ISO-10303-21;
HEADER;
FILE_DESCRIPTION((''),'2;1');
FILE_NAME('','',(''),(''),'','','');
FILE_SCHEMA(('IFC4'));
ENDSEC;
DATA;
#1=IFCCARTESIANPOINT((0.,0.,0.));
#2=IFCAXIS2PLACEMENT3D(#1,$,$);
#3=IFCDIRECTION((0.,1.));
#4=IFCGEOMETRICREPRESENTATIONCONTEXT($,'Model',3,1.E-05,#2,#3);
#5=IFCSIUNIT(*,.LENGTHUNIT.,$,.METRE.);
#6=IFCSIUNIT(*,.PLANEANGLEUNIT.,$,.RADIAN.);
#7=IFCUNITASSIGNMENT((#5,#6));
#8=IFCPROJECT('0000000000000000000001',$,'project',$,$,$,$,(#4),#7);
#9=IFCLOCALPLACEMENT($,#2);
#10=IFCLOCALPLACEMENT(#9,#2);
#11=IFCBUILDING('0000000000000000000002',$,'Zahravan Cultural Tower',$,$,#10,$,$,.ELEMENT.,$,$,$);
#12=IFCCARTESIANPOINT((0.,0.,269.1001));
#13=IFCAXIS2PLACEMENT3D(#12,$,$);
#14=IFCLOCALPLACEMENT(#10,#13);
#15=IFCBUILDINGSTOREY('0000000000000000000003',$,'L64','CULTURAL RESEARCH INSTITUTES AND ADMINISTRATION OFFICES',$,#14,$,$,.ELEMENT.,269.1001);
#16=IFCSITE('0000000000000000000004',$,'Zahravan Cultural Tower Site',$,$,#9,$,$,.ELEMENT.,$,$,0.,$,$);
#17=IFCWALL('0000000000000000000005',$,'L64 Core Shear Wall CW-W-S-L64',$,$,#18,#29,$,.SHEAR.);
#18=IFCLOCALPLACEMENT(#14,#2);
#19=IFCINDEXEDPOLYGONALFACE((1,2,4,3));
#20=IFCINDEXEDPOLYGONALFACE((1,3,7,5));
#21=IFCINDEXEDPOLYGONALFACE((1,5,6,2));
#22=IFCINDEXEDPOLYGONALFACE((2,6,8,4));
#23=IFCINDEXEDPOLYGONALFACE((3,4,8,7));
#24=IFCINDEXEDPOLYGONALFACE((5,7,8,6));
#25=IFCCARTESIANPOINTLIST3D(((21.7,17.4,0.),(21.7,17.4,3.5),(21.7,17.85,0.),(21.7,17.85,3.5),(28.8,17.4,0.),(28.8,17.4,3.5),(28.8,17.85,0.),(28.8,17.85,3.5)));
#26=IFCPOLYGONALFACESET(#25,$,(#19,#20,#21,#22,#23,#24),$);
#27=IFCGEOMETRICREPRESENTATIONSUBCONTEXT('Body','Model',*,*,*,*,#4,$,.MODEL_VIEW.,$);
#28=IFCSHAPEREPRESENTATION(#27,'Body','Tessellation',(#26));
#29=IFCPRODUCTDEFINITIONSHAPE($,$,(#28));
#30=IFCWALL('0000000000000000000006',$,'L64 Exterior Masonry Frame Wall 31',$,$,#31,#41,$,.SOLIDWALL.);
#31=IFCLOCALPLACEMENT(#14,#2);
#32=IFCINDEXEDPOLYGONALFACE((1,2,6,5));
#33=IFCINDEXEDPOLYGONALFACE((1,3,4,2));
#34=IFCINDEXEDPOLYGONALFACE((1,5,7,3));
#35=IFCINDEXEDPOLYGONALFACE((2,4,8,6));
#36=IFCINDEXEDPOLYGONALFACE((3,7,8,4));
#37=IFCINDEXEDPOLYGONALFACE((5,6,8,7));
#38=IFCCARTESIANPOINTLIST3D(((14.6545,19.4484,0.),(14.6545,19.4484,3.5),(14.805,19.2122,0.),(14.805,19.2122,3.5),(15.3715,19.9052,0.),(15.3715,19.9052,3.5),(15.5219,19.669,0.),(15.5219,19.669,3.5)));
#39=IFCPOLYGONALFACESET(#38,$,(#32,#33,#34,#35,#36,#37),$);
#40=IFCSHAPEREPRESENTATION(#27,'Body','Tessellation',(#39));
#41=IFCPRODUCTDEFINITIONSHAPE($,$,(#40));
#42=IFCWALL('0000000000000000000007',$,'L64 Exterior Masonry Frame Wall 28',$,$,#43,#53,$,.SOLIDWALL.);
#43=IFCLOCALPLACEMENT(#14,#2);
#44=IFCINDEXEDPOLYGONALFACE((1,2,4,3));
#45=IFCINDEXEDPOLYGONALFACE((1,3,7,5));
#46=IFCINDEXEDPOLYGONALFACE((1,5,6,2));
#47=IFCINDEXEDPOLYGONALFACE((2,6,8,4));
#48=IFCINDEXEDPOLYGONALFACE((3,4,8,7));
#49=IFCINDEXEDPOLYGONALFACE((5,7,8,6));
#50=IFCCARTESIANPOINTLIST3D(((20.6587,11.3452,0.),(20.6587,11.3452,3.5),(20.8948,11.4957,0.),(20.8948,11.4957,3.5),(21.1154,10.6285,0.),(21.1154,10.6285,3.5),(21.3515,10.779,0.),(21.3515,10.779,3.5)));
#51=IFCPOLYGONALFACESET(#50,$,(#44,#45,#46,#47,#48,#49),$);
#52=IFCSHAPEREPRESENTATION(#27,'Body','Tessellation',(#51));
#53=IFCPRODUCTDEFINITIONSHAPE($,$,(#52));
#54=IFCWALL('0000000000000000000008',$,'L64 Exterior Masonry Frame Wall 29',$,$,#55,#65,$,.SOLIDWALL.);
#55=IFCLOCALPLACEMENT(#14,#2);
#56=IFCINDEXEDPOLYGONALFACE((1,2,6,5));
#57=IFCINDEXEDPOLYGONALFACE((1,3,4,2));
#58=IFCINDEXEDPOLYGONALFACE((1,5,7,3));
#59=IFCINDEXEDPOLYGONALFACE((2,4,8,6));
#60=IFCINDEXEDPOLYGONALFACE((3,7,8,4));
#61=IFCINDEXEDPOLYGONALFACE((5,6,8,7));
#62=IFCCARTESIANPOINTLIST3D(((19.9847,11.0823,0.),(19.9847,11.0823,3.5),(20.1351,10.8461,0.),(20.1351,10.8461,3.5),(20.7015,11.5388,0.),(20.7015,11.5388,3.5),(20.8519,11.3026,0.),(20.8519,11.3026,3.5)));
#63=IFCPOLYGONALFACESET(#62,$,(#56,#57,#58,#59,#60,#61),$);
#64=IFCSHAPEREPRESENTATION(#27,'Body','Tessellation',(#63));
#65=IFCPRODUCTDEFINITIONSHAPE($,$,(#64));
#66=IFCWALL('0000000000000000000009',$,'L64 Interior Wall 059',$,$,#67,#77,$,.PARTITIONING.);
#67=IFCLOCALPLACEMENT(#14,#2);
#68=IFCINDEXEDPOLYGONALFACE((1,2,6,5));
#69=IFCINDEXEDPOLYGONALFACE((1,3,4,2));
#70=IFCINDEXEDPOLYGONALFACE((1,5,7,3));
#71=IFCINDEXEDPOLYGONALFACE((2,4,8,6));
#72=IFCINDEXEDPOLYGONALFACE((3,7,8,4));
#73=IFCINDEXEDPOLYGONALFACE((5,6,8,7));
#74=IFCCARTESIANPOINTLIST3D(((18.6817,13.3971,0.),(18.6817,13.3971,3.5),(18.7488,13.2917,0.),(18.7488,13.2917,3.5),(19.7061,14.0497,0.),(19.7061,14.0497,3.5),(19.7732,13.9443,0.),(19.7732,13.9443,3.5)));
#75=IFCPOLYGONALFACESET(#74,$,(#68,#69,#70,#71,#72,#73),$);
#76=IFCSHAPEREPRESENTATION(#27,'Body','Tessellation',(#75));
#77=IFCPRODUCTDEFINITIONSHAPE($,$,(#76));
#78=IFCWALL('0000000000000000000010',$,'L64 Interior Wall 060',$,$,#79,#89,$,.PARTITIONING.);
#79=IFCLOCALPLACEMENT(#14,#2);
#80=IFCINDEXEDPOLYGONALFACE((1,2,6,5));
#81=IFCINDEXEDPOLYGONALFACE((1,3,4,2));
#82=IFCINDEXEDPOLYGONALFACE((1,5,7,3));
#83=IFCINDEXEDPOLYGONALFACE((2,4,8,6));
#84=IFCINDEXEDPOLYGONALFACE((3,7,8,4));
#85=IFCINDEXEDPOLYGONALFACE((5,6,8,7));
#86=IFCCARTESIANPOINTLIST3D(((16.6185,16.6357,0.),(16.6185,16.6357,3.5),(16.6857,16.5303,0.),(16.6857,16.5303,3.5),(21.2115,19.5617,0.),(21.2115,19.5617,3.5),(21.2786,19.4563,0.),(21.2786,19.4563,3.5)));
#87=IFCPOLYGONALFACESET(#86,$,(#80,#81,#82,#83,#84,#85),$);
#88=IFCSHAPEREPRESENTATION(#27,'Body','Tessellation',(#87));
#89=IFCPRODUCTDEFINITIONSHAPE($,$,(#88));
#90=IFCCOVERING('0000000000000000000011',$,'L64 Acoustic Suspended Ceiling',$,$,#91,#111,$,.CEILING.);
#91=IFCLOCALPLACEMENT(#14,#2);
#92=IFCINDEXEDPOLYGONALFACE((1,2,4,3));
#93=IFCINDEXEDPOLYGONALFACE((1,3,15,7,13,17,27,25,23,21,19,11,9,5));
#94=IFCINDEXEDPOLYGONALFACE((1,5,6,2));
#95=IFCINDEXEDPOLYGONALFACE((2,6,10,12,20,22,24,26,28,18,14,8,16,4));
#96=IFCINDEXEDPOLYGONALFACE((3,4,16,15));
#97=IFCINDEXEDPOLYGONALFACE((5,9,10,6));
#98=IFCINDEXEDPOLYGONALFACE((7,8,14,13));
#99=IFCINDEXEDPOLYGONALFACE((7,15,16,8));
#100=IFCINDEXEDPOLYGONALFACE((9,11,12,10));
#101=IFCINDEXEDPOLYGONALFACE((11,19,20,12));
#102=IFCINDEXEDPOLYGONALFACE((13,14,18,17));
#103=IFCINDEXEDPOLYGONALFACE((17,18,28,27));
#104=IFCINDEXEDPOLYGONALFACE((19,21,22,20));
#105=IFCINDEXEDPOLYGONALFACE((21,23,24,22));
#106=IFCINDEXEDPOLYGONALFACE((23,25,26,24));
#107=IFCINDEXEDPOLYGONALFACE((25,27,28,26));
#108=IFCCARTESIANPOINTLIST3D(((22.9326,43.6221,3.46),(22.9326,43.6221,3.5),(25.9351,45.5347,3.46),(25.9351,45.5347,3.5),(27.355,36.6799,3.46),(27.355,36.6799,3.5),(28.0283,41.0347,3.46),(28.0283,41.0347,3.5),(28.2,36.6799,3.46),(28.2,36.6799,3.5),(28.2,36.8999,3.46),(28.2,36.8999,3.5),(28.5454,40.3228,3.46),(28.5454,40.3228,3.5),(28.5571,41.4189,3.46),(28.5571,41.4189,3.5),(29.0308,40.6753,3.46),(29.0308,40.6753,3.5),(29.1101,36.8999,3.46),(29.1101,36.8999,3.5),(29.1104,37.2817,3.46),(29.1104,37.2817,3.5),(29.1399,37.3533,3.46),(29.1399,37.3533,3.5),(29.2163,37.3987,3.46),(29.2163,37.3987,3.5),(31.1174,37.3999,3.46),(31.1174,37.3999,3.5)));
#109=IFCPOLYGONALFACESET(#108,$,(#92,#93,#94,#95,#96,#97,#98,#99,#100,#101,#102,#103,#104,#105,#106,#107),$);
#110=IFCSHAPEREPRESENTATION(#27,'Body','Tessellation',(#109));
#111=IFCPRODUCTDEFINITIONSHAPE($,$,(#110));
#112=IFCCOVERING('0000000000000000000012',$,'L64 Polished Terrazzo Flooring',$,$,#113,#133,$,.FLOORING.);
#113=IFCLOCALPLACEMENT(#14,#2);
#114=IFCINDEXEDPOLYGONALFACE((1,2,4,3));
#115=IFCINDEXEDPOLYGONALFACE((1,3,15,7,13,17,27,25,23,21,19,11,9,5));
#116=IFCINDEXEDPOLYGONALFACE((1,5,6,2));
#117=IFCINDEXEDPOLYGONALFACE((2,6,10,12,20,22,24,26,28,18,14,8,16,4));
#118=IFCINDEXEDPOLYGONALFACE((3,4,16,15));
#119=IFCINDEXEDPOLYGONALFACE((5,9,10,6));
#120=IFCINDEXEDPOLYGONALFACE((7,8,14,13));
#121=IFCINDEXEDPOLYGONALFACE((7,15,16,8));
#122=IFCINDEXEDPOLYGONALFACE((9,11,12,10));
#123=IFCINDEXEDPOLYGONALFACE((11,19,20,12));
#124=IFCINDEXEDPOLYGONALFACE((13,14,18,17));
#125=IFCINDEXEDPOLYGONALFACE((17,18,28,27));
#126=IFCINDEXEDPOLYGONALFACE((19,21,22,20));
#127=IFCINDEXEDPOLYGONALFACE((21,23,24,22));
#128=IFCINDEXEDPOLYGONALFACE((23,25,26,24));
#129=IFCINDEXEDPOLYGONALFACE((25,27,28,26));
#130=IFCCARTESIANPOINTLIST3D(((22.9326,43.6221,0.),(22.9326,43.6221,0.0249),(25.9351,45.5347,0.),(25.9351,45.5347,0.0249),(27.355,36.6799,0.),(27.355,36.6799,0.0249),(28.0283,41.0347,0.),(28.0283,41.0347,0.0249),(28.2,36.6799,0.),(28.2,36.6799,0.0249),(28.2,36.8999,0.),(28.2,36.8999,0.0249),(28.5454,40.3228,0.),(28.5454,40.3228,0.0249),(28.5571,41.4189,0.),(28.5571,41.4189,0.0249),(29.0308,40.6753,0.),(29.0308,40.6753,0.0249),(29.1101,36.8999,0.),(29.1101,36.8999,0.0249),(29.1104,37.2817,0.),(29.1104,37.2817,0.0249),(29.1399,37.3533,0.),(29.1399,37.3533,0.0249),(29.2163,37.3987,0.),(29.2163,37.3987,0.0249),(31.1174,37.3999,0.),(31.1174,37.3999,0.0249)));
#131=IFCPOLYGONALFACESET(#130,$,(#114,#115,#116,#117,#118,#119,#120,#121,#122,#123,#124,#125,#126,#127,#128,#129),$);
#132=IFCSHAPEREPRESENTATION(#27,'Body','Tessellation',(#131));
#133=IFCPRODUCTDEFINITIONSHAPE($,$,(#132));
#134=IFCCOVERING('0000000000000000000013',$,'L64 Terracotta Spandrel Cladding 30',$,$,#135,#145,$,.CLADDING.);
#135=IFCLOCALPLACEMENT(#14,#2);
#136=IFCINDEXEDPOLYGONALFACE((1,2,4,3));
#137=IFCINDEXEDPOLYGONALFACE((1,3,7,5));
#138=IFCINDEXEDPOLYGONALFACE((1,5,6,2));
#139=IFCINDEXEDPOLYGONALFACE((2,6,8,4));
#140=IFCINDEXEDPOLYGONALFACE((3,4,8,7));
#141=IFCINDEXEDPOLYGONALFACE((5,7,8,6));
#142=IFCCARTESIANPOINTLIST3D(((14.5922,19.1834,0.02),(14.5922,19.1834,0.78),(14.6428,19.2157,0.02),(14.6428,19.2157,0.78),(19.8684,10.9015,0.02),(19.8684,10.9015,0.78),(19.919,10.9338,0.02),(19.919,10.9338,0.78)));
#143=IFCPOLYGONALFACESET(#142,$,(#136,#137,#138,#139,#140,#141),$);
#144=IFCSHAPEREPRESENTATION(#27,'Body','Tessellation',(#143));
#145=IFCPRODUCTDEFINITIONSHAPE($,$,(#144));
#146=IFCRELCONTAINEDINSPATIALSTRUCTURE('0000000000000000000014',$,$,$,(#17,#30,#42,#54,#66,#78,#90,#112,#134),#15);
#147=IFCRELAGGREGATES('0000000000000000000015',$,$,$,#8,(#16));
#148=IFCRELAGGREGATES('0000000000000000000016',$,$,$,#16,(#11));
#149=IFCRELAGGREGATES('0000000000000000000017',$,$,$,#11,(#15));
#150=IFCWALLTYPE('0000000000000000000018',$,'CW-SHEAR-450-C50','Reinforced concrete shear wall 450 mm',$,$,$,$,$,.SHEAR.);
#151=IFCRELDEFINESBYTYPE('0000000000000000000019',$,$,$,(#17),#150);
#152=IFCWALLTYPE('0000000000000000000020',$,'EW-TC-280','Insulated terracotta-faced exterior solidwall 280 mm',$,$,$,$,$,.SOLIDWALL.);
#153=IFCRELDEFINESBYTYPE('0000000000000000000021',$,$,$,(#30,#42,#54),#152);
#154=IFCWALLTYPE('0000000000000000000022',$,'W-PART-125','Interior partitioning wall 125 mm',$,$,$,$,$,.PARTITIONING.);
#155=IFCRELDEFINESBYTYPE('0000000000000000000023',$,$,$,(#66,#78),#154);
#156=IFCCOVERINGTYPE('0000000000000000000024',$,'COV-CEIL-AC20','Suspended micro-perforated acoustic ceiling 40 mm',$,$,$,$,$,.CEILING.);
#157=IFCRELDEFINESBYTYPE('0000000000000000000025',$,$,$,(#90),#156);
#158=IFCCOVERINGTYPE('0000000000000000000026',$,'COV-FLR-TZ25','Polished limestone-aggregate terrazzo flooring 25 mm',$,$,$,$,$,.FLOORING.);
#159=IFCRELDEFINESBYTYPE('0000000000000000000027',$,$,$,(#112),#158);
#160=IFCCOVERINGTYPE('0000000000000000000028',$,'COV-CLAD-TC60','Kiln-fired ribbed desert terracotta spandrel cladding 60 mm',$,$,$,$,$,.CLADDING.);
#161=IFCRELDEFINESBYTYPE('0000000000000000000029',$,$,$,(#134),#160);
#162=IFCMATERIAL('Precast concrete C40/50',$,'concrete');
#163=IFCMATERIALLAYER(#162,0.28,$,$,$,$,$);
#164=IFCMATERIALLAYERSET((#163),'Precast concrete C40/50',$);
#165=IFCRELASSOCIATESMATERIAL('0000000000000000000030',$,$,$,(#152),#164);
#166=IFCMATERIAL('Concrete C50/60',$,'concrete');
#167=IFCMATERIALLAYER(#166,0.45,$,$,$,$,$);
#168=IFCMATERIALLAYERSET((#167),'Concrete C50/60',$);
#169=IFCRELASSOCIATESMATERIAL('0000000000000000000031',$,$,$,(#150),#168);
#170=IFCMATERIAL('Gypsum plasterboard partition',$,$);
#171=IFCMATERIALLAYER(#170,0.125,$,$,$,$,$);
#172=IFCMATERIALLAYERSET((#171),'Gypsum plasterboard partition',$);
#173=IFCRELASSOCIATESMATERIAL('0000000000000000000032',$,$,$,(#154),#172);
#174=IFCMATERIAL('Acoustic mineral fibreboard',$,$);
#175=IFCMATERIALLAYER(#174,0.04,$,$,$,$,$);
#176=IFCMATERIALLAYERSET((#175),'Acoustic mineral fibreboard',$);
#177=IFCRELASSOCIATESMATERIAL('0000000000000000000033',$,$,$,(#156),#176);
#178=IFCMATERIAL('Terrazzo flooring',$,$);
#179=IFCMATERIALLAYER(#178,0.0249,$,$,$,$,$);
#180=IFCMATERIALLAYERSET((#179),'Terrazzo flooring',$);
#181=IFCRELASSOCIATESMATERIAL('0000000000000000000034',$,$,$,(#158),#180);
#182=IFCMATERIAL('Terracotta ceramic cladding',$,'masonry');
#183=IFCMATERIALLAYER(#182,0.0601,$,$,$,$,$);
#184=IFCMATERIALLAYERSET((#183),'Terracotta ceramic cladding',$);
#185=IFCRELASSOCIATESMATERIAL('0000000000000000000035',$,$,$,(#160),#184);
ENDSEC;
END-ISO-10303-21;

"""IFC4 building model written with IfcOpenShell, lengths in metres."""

from ifc_helpers import new_model, si_unit, direction, frame, frame_2d, origin, origin_2d, place, context, subcontext, project, spatial, polyline, rectangle, outline, extrude, source, transform, mapped, material, layer, layer_set, type_object, element, save


model = new_model("IFC4")

# Units and contexts
model_context = context("Model", 3, precision=1e-05, world=origin(), true_north=direction((0.0, 1.0)))
body_context = subcontext(model_context, "Body", "Model", "MODEL_VIEW")
ifc_project = project(units=[si_unit("LENGTHUNIT", "METRE"), si_unit("PLANEANGLEUNIT", "RADIAN")], contexts=[model_context])

# Site, building, storey
site_placement = place(None, origin())
site = spatial("IfcSite", under=ifc_project, at=site_placement, Name="Zahravan Cultural Tower Site", CompositionType="ELEMENT", RefElevation=0.0)
building_placement = place(site_placement, origin())
building = spatial("IfcBuilding", under=site, at=building_placement, Name="Zahravan Cultural Tower", CompositionType="ELEMENT")
storey_placement = place(building_placement, frame((0.0, 0.0, 269.1001)))
storey = spatial("IfcBuildingStorey", under=building, at=storey_placement, Name="L64", Description="CULTURAL RESEARCH INSTITUTES AND ADMINISTRATION OFFICES", CompositionType="ELEMENT", Elevation=269.1001)

# Shared definitions
ifc_material_1 = material(Name="Concrete C50/60", Category="concrete")

# Shared definitions
ifc_material_2 = material(Name="Precast concrete C40/50", Category="concrete")
ifc_layer_1 = layer(ifc_material_2, 0.28)
ifc_layer_set_1 = layer_set([ifc_layer_1], Name="Precast concrete C40/50")
wall_type_1 = type_object("IfcWallType", Name="EW-TC-280", Description="Insulated terracotta-faced exterior solidwall 280 mm", PredefinedType="SOLIDWALL", material=ifc_layer_set_1)

# Walls
ifc_layer_2 = layer(ifc_material_1, 0.45)
ifc_layer_set_2 = layer_set([ifc_layer_2], Name="Concrete C50/60")
wall_type_2 = type_object("IfcWallType", Name="CW-SHEAR-450-C50", Description="Reinforced concrete shear wall 450 mm", PredefinedType="SHEAR", material=ifc_layer_set_2)
shared_shape_1 = source(origin(), body_context, "Body", "SweptSolid", [
    extrude(rectangle(XDim=7.1001, YDim=0.45, at=frame_2d((3.55, 0.0))), origin(), (0.0, 0.0, 1.0), 3.5),
])
wall_1_placement = place(storey_placement, frame((21.7, 17.625, 0.0), z_axis=(0.0, 0.0, 1.0), x_axis=(1.0, 0.0, 0.0)))
element("IfcWall", 1, at=wall_1_placement, inside=storey, type_object=wall_type_2, Name="L64 Core Shear Wall CW-W-S-L64", PredefinedType="SHEAR", context=body_context, shape_type="MappedRepresentation", body=[
    mapped(shared_shape_1, transform((0.0, 0.0, 0.0), x_axis=(1.0, 0.0, 0.0), y_axis=(0.0, 1.0, 0.0), z_axis=(0.0, 0.0, 1.0), scale=1.0)),
])
shared_shape_2 = source(origin(), body_context, "Body", "SweptSolid", [
    extrude(rectangle(XDim=0.8501, YDim=0.28, at=frame_2d((0.425, 0.0))), origin(), (0.0, 0.0, 1.0), 3.5),
])
wall_2_placement = place(storey_placement, frame((14.7297, 19.3303, 0.0), z_axis=(0.0, 0.0, 1.0), x_axis=(0.843401, 0.537284, 0.0)))
element("IfcWall", 2, at=wall_2_placement, inside=storey, type_object=wall_type_1, Name="L64 Exterior Masonry Frame Wall 31", PredefinedType="SOLIDWALL", context=body_context, shape_type="MappedRepresentation", body=[
    mapped(shared_shape_2, transform((0.0, 0.0, 0.0), x_axis=(1.0, 0.0, 0.0), y_axis=(0.0, 1.0, 0.0), z_axis=(0.0, 0.0, 1.0), scale=1.0)),
])
shared_shape_3 = source(origin(), body_context, "Body", "SweptSolid", [
    extrude(rectangle(XDim=0.8499, YDim=0.28, at=frame_2d((0.4248, 0.0))), origin(), (0.0, 0.0, 1.0), 3.5),
])
for number, where, z_axis, x_axis, name in (
    (3, (21.2334, 10.7039, 0.0), (0.0, 0.0, 1.0), (-0.537414, 0.843318, 0.0), "L64 Exterior Masonry Frame Wall 28"),
    (4, (20.7766, 11.4207, 0.0), (0.0, 0.0, 1.0), (-0.843448, -0.53721, 0.0), "L64 Exterior Masonry Frame Wall 29"),
):
    element("IfcWall", number, at=place(storey_placement, frame(where, z_axis=z_axis, x_axis=x_axis)), inside=storey, type_object=wall_type_1, Name=name, PredefinedType="SOLIDWALL", context=body_context, shape_type="MappedRepresentation", body=[
        mapped(shared_shape_3, transform((0.0, 0.0, 0.0), x_axis=(1.0, 0.0, 0.0), y_axis=(0.0, 1.0, 0.0), z_axis=(0.0, 0.0, 1.0), scale=1.0)),
    ])
ifc_material_3 = material(Name="Gypsum plasterboard partition")
ifc_layer_3 = layer(ifc_material_3, 0.125)
ifc_layer_set_3 = layer_set([ifc_layer_3], Name="Gypsum plasterboard partition")
wall_type_3 = type_object("IfcWallType", Name="W-PART-125", Description="Interior partitioning wall 125 mm", PredefinedType="PARTITIONING", material=ifc_layer_set_3)
shared_shape_4 = source(origin(), body_context, "Body", "SweptSolid", [
    extrude(rectangle(XDim=1.2146, YDim=0.125, at=frame_2d((0.6074, 0.0))), origin(), (0.0, 0.0, 1.0), 3.5),
])
wall_3_placement = place(storey_placement, frame((19.7397, 13.9971, 0.0), z_axis=(0.0, 0.0, 1.0), x_axis=(-0.843405, -0.537279, 0.0)))
element("IfcWall", 5, at=wall_3_placement, inside=storey, type_object=wall_type_3, Name="L64 Interior Wall 059", PredefinedType="PARTITIONING", context=body_context, shape_type="MappedRepresentation", body=[
    mapped(shared_shape_4, transform((0.0, 0.0, 0.0), x_axis=(1.0, 0.0, 0.0), y_axis=(0.0, 1.0, 0.0), z_axis=(0.0, 0.0, 1.0), scale=1.0)),
])
shared_shape_5 = source(origin(), body_context, "Body", "SweptSolid", [
    extrude(rectangle(XDim=5.4458, YDim=0.125, at=frame_2d((2.7229, 0.0))), origin(), (0.0, 0.0, 1.0), 3.5),
])
wall_4_placement = place(storey_placement, frame((16.6521, 16.583, 0.0), z_axis=(0.0, 0.0, 1.0), x_axis=(0.843396, 0.537293, 0.0)))
element("IfcWall", 6, at=wall_4_placement, inside=storey, type_object=wall_type_3, Name="L64 Interior Wall 060", PredefinedType="PARTITIONING", context=body_context, shape_type="MappedRepresentation", body=[
    mapped(shared_shape_5, transform((0.0, 0.0, 0.0), x_axis=(1.0, 0.0, 0.0), y_axis=(0.0, 1.0, 0.0), z_axis=(0.0, 0.0, 1.0), scale=1.0)),
])

# Coverings
ifc_material_4 = material(Name="Acoustic mineral fibreboard")
ifc_layer_4 = layer(ifc_material_4, 0.04)
ifc_layer_set_4 = layer_set([ifc_layer_4], Name="Acoustic mineral fibreboard")
covering_type_1 = type_object("IfcCoveringType", Name="COV-CEIL-AC20", Description="Suspended micro-perforated acoustic ceiling 40 mm", PredefinedType="CEILING", material=ifc_layer_set_4)
covering_1_placement = place(storey_placement, frame((0.0, 0.0, 3.46)))
element("IfcCovering", 7, at=covering_1_placement, inside=storey, type_object=covering_type_1, Name="L64 Acoustic Suspended Ceiling", PredefinedType="CEILING", context=body_context, shape_type="SweptSolid", body=[
    extrude(outline(polyline([(28.5454, 40.3228), (28.0283, 41.0347), (28.5571, 41.4189), (25.9351, 45.5347), (22.9326, 43.6221), (27.355, 36.6799), (28.2, 36.6799), (28.2, 36.8999), (29.1101, 36.8999), (29.1104, 37.2817), (29.1399, 37.3533), (29.2163, 37.3987), (31.1174, 37.3999), (29.0308, 40.6753), (28.5454, 40.3228)])), origin(), (0.0, 0.0, 1.0), 0.04),
])
ifc_material_5 = material(Name="Terrazzo flooring")
ifc_layer_5 = layer(ifc_material_5, 0.0249)
ifc_layer_set_5 = layer_set([ifc_layer_5], Name="Terrazzo flooring")
covering_type_2 = type_object("IfcCoveringType", Name="COV-FLR-TZ25", Description="Polished limestone-aggregate terrazzo flooring 25 mm", PredefinedType="FLOORING", material=ifc_layer_set_5)
covering_2_placement = place(storey_placement, origin())
element("IfcCovering", 8, at=covering_2_placement, inside=storey, type_object=covering_type_2, Name="L64 Polished Terrazzo Flooring", PredefinedType="FLOORING", context=body_context, shape_type="SweptSolid", body=[
    extrude(outline(polyline([(28.5454, 40.3228), (28.0283, 41.0347), (28.5571, 41.4189), (25.9351, 45.5347), (22.9326, 43.6221), (27.355, 36.6799), (28.2, 36.6799), (28.2, 36.8999), (29.1101, 36.8999), (29.1104, 37.2817), (29.1399, 37.3533), (29.2163, 37.3987), (31.1174, 37.3999), (29.0308, 40.6753), (28.5454, 40.3228)])), origin(), (0.0, 0.0, 1.0), 0.0249),
])
ifc_material_6 = material(Name="Terracotta ceramic cladding", Category="masonry")
ifc_layer_6 = layer(ifc_material_6, 0.0601)
ifc_layer_set_6 = layer_set([ifc_layer_6], Name="Terracotta ceramic cladding")
covering_type_3 = type_object("IfcCoveringType", Name="COV-CLAD-TC60", Description="Kiln-fired ribbed desert terracotta spandrel cladding 60 mm", PredefinedType="CLADDING", material=ifc_layer_set_6)
shared_shape_6 = source(origin(), body_context, "Body", "SweptSolid", [
    extrude(rectangle(XDim=9.8198, YDim=0.0601, at=origin_2d()), origin(), (0.0, 0.0, 1.0), 0.76),
])
covering_3_placement = place(storey_placement, frame((17.2556, 15.0586, 0.02), z_axis=(0.0, 0.0, 1.0), x_axis=(-0.5373, 0.843391, 0.0)))
element("IfcCovering", 9, at=covering_3_placement, inside=storey, type_object=covering_type_3, Name="L64 Terracotta Spandrel Cladding 30", PredefinedType="CLADDING", context=body_context, shape_type="MappedRepresentation", body=[
    mapped(shared_shape_6, transform((0.0, 0.0, 0.0), x_axis=(1.0, 0.0, 0.0), y_axis=(0.0, 1.0, 0.0), z_axis=(0.0, 0.0, 1.0), scale=1.0)),
])

save(model, "model.ifc")
